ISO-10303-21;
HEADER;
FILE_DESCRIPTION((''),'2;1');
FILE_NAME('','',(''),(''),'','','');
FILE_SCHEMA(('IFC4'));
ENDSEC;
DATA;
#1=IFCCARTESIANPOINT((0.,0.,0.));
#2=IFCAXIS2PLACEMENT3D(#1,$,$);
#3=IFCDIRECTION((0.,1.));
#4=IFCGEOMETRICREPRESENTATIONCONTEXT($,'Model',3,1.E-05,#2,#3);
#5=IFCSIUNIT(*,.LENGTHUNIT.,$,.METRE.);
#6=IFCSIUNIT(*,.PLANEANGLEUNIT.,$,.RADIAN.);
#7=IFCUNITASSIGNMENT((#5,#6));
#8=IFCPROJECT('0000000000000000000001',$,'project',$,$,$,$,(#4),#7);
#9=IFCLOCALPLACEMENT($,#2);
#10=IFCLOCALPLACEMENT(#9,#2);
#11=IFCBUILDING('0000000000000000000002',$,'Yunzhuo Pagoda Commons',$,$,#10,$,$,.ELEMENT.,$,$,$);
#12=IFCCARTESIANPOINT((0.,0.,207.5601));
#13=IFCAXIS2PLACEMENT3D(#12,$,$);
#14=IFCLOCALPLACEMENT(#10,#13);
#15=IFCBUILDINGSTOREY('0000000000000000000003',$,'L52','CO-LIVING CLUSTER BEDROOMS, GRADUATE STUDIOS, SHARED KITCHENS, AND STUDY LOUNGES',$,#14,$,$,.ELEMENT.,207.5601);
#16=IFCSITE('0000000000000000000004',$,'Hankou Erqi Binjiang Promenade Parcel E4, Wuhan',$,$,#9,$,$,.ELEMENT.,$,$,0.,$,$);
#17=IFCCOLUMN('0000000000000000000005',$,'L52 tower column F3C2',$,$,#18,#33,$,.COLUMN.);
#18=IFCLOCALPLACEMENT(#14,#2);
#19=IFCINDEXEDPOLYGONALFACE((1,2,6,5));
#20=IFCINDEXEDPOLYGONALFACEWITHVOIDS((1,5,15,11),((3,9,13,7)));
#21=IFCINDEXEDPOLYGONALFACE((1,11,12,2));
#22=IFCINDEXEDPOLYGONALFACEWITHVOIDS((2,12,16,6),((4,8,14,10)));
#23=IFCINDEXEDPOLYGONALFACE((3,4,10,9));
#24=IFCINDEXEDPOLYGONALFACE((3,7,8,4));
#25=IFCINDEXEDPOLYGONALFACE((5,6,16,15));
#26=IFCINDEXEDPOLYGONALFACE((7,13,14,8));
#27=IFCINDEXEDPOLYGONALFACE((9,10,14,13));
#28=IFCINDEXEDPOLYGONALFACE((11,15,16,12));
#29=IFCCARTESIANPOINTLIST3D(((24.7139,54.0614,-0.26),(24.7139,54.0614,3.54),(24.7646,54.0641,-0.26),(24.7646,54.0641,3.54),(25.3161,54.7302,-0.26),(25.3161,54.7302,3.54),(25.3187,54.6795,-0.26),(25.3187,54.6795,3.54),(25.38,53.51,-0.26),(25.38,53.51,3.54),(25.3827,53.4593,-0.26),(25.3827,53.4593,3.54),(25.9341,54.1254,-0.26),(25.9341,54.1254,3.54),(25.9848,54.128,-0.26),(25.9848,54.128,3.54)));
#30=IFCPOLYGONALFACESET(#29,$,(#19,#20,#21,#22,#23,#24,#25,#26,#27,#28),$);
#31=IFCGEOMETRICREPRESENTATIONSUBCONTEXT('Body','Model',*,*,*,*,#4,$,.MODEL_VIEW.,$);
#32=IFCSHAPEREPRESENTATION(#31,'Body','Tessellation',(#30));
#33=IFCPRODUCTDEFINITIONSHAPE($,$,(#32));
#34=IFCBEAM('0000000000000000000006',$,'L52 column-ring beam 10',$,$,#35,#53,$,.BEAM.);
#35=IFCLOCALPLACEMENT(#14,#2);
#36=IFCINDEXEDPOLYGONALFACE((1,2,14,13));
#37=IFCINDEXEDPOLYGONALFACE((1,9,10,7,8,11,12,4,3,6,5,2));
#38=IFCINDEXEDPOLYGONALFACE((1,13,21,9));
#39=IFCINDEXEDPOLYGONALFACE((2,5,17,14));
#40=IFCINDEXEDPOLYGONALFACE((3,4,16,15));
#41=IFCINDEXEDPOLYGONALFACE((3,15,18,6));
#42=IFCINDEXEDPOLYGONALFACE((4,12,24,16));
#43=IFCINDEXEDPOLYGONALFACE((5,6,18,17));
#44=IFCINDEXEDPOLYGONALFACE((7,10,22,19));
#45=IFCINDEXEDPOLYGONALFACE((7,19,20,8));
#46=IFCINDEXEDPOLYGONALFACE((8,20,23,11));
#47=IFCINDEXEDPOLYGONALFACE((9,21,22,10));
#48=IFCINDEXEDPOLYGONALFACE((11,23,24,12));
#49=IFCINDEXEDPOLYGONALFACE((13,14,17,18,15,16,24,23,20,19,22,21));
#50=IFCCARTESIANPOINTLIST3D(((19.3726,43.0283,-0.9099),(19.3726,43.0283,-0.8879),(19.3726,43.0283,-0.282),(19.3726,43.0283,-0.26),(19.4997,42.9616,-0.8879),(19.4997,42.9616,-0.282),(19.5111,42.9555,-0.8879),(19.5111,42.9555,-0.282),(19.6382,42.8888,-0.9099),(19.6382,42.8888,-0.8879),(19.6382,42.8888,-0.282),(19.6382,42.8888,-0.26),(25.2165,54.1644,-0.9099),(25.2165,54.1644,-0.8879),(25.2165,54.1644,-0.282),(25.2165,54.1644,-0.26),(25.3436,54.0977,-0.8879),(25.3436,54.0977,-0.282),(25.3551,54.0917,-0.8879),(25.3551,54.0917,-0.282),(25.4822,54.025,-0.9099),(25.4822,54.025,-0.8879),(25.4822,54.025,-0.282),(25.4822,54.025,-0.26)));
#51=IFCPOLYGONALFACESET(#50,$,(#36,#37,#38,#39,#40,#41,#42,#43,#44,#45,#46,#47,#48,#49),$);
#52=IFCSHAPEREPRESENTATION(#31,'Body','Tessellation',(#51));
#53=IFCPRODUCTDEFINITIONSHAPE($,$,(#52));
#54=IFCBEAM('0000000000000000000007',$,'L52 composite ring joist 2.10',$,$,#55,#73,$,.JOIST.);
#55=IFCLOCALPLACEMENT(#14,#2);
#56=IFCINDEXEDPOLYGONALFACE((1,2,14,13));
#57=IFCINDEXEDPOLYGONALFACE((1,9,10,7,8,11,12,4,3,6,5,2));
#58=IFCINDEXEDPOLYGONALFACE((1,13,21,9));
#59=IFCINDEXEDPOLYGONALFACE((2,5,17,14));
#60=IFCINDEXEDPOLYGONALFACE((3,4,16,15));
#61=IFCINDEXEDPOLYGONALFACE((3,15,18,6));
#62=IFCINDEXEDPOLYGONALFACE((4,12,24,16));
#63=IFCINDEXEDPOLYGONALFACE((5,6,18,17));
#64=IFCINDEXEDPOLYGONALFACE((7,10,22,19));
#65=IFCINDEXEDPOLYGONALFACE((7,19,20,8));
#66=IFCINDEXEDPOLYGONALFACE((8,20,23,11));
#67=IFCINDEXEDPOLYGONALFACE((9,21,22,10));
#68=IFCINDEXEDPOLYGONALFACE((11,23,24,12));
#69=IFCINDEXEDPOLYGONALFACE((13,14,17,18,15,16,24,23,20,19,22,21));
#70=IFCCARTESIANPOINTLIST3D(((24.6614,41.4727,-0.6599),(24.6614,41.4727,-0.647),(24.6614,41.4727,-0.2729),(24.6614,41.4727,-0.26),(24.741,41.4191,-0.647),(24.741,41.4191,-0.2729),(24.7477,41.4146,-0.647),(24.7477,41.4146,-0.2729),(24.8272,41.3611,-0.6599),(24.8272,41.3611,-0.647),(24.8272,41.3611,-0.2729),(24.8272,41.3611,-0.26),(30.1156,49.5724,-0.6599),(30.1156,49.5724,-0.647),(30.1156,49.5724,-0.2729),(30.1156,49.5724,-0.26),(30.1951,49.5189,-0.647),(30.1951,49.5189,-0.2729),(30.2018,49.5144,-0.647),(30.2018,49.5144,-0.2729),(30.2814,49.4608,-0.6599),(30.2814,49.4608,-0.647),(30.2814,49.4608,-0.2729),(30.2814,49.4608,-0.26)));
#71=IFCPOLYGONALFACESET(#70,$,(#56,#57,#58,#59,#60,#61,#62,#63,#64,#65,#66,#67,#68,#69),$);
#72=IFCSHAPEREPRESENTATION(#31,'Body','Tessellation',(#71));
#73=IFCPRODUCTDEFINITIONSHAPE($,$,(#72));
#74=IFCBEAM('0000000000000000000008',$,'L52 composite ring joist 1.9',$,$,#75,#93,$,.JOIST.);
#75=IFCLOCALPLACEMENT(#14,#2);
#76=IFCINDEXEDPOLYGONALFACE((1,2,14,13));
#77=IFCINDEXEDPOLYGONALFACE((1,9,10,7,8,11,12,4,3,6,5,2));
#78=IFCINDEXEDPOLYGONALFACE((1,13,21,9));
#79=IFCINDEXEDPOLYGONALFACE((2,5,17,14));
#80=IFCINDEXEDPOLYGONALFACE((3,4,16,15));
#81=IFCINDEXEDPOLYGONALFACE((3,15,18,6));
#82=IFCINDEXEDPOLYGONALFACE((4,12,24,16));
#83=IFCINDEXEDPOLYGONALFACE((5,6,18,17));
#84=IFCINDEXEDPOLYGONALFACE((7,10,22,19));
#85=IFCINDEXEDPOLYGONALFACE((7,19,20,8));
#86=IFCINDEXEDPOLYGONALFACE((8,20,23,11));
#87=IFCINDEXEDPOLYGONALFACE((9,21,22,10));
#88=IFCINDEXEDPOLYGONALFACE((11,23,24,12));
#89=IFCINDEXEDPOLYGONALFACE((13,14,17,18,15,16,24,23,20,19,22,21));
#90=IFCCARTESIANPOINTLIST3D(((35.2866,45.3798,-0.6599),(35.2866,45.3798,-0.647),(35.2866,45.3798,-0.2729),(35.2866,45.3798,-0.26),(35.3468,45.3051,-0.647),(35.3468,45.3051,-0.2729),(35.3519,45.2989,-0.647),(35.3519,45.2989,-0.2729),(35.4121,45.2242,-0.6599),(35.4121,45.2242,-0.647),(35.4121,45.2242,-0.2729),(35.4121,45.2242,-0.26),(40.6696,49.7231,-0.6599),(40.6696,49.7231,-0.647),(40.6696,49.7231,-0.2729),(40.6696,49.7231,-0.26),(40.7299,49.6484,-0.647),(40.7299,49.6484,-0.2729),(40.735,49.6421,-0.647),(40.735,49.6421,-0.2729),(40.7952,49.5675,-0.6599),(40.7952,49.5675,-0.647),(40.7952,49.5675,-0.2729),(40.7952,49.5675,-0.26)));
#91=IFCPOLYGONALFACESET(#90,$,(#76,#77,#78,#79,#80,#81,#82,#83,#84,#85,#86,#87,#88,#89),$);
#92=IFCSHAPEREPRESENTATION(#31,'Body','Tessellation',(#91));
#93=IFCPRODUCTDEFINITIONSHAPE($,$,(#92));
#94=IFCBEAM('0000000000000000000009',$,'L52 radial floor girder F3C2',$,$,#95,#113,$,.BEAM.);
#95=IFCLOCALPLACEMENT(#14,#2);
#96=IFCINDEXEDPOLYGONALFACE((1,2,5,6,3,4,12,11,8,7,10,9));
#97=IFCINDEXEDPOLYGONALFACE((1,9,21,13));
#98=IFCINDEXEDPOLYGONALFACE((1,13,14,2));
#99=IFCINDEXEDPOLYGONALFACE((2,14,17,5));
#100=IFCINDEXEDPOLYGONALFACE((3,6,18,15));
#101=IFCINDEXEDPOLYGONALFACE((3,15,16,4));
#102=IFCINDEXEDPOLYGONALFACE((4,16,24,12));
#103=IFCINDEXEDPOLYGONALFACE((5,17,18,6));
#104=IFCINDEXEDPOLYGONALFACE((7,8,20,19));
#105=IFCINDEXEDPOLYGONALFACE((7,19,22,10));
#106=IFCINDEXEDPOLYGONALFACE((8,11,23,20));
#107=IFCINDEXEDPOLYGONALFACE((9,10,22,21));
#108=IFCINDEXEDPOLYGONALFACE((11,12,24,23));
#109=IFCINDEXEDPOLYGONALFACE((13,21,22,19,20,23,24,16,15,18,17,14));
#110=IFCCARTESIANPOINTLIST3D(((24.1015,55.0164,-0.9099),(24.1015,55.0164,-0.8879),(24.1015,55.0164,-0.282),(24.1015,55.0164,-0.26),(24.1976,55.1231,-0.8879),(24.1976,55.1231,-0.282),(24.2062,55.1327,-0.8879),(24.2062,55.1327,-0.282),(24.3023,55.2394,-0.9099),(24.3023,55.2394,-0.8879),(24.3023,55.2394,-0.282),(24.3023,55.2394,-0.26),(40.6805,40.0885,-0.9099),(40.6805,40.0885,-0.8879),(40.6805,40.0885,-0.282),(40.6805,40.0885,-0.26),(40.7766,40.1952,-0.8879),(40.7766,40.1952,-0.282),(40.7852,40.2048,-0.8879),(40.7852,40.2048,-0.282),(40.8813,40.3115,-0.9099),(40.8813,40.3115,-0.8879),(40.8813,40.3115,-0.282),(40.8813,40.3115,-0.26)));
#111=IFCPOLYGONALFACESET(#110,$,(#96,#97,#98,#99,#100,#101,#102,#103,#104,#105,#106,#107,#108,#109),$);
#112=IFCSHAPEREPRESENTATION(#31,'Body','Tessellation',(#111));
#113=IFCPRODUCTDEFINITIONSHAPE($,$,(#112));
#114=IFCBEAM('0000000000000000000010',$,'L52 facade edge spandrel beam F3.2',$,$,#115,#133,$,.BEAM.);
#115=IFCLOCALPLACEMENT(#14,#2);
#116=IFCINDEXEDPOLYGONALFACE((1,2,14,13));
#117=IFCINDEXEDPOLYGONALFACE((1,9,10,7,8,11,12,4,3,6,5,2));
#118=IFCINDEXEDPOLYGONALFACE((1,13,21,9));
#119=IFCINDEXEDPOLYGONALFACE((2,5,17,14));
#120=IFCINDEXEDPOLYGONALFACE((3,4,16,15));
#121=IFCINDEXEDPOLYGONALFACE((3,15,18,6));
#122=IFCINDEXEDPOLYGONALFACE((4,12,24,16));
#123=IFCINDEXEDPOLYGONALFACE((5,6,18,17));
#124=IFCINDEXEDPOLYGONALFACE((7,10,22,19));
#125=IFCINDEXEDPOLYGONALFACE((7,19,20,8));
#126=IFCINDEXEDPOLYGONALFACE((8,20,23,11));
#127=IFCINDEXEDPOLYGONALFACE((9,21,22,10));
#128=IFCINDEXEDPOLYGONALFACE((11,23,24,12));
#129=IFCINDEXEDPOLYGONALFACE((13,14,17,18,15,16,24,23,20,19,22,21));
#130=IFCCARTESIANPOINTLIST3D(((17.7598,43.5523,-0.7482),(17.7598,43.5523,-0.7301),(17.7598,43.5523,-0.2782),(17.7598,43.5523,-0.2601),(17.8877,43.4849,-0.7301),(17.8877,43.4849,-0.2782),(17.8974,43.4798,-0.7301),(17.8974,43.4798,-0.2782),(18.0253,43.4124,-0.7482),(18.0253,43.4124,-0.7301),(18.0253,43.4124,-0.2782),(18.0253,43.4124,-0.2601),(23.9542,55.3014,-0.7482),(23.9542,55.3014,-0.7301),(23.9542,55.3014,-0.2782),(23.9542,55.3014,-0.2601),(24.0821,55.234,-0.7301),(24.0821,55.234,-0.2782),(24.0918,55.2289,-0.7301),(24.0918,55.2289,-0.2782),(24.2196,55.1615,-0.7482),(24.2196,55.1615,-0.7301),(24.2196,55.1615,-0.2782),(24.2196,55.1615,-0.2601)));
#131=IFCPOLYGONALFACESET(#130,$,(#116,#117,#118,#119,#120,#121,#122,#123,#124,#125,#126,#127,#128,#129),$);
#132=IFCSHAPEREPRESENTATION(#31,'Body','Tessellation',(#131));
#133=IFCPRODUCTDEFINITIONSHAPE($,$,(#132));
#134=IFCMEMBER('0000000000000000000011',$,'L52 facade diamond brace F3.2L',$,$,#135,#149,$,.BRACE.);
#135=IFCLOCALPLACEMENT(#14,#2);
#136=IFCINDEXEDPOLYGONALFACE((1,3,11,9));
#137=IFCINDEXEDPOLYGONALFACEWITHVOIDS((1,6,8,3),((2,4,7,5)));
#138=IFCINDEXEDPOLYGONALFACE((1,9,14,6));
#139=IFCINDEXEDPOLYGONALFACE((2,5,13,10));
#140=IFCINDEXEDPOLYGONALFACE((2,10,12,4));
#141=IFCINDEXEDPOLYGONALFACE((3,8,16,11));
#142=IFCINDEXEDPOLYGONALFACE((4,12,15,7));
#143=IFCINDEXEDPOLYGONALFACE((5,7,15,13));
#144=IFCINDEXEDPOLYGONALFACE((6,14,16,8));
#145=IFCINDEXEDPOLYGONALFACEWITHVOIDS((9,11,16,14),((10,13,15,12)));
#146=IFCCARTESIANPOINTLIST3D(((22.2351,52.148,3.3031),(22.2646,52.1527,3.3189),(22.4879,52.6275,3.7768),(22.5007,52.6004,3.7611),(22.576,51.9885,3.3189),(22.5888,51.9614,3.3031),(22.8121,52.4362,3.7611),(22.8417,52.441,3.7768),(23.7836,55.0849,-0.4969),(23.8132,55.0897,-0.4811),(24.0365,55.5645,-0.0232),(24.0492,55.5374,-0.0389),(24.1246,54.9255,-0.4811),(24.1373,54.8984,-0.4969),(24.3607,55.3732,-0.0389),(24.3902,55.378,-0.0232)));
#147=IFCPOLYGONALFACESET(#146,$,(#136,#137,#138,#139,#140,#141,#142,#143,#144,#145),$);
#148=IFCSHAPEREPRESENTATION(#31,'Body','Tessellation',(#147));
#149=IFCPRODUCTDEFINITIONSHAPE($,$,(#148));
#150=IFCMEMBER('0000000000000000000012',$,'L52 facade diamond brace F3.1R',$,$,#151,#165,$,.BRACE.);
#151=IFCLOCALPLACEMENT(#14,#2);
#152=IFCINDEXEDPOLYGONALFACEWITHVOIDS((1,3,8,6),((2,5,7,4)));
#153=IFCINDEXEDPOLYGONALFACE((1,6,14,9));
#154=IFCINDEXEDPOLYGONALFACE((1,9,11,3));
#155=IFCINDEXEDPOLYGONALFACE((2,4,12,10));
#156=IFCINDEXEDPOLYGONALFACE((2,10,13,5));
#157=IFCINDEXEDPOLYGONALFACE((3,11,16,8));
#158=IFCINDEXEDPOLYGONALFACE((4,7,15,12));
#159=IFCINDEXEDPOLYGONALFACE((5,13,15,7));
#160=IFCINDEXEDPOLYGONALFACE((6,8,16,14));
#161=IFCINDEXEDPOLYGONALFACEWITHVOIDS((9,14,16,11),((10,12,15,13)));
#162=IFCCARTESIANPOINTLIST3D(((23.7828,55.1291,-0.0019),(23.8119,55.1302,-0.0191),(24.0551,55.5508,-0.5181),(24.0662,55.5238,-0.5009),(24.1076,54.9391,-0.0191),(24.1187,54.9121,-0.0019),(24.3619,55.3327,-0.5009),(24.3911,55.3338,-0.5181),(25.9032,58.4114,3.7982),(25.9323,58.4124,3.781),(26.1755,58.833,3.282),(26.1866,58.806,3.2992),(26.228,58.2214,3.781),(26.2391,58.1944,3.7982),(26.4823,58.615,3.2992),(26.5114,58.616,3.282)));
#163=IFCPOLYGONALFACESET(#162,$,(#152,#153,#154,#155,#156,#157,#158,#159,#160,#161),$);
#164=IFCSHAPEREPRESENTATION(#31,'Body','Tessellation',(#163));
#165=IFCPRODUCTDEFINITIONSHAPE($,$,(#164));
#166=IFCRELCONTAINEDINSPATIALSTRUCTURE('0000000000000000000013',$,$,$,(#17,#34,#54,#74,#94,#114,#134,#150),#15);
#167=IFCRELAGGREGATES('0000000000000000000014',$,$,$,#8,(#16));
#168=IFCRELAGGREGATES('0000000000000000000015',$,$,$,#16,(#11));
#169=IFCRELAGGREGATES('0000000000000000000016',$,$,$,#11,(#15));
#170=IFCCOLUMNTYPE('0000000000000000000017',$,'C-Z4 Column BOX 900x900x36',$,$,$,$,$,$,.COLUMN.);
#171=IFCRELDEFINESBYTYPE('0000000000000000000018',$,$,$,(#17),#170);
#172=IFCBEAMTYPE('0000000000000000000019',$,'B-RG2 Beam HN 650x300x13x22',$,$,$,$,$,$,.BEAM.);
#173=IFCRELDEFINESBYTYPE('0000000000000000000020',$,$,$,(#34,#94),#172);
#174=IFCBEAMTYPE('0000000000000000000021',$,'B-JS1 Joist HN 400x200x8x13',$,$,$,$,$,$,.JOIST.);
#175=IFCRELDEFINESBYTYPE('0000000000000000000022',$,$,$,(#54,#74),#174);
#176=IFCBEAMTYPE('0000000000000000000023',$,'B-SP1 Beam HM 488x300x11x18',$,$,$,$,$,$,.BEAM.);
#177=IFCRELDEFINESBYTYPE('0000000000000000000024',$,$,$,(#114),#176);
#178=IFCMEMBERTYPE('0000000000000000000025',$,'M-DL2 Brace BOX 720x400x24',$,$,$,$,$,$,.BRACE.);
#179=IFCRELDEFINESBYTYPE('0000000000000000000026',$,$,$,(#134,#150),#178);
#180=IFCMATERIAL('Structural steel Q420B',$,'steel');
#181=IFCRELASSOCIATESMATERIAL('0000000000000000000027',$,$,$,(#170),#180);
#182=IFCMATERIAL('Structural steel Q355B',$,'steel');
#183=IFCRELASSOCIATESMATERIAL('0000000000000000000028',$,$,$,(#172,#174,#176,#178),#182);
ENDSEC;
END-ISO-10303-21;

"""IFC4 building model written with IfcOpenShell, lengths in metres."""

from ifc_helpers import new_model, si_unit, direction, frame, origin, origin_2d, place, context, subcontext, project, spatial, hollow_rectangle, i_section, extrude, source, transform, mapped, material, material_profile, profile_set, type_object, element, save


model = new_model("IFC4")

# Units and contexts
model_context = context("Model", 3, precision=1e-05, world=origin(), true_north=direction((0.0, 1.0)))
body_context = subcontext(model_context, "Body", "Model", "MODEL_VIEW")
ifc_project = project(units=[si_unit("LENGTHUNIT", "METRE"), si_unit("PLANEANGLEUNIT", "RADIAN")], contexts=[model_context])

# Site, building, storey
site_placement = place(None, origin())
site = spatial("IfcSite", under=ifc_project, at=site_placement, Name="Hankou Erqi Binjiang Promenade Parcel E4, Wuhan", CompositionType="ELEMENT", RefElevation=0.0)
building_placement = place(site_placement, origin())
building = spatial("IfcBuilding", under=site, at=building_placement, Name="Yunzhuo Pagoda Commons", CompositionType="ELEMENT")
storey_placement = place(building_placement, frame((0.0, 0.0, 207.5601)))
storey = spatial("IfcBuildingStorey", under=building, at=storey_placement, Name="L52", Description="CO-LIVING CLUSTER BEDROOMS, GRADUATE STUDIOS, SHARED KITCHENS, AND STUDY LOUNGES", CompositionType="ELEMENT", Elevation=207.5601)

# Column
ifc_material_1 = material(Name="Structural steel Q420B", Category="steel")
ifc_material_profile_1 = material_profile(ifc_material_1, hollow_rectangle(XDim=0.8999, YDim=0.8999, WallThickness=0.0359, at=origin_2d()), Name="Structural steel Q420B")
ifc_profile_set_1 = profile_set([ifc_material_profile_1], Name="Structural steel Q420B")
column_type = type_object("IfcColumnType", Name="C-Z4 Column BOX 900x900x36", PredefinedType="COLUMN", material=ifc_profile_set_1)
shared_shape_1 = source(origin(), body_context, "Body", "SweptSolid", [
    extrude(hollow_rectangle(XDim=0.8999, YDim=0.8999, WallThickness=0.0359, at=origin_2d()), origin(), (0.0, 0.0, 1.0), 3.8),
])
column_placement = place(storey_placement, frame((25.3494, 54.0947, -0.26), z_axis=(0.0, 0.0, 1.0), x_axis=(-0.669131, -0.743145, 0.0)))
element("IfcColumn", 1, at=column_placement, inside=storey, type_object=column_type, Name="L52 tower column F3C2", PredefinedType="COLUMN", context=body_context, shape_type="MappedRepresentation", body=[
    mapped(shared_shape_1, transform((0.0, 0.0, 0.0), scale=1.0)),
])

# Beams
ifc_material_2 = material(Name="Structural steel Q355B", Category="steel")
ifc_material_profile_2 = material_profile(ifc_material_2, i_section(OverallWidth=0.3, OverallDepth=0.6499, WebThickness=0.0129, FlangeThickness=0.022, at=origin_2d()), Name="Structural steel Q355B")
ifc_profile_set_2 = profile_set([ifc_material_profile_2], Name="Structural steel Q355B")
beam_type_1 = type_object("IfcBeamType", Name="B-RG2 Beam HN 650x300x13x22", PredefinedType="BEAM", material=ifc_profile_set_2)
shared_shape_2 = source(origin(), body_context, "Body", "SweptSolid", [
    extrude(i_section(OverallWidth=0.3, OverallDepth=0.6499, WebThickness=0.0129, FlangeThickness=0.022, at=origin_2d()), origin(), (0.0, 0.0, 1.0), 12.5764),
])
beam_1_placement = place(storey_placement, frame((25.3494, 54.0947, -0.585), z_axis=(-0.464676, -0.885481, 0.0), x_axis=(0.885481, -0.464676, 0.0)))
element("IfcBeam", 2, at=beam_1_placement, inside=storey, type_object=beam_type_1, Name="L52 column-ring beam 10", PredefinedType="BEAM", context=body_context, shape_type="MappedRepresentation", body=[
    mapped(shared_shape_2, transform((0.0, 0.0, 0.0), scale=1.0)),
])
ifc_material_profile_3 = material_profile(ifc_material_2, i_section(OverallWidth=0.2, OverallDepth=0.3999, WebThickness=0.0081, FlangeThickness=0.0129, at=origin_2d()), Name="Structural steel Q355B")
ifc_profile_set_3 = profile_set([ifc_material_profile_3], Name="Structural steel Q355B")
beam_type_2 = type_object("IfcBeamType", Name="B-JS1 Joist HN 400x200x8x13", PredefinedType="JOIST", material=ifc_profile_set_3)
shared_shape_3 = source(origin(), body_context, "Body", "SweptSolid", [
    extrude(i_section(OverallWidth=0.2, OverallDepth=0.3999, WebThickness=0.0081, FlangeThickness=0.0129, at=origin_2d()), origin(), (0.0, 0.0, 1.0), 9.7649),
])
beam_2_placement = place(storey_placement, frame((30.1985, 49.5166, -0.46), z_axis=(-0.558548, -0.829472, 0.0), x_axis=(0.829472, -0.558548, 0.0)))
element("IfcBeam", 3, at=beam_2_placement, inside=storey, type_object=beam_type_2, Name="L52 composite ring joist 2.10", PredefinedType="JOIST", context=body_context, shape_type="MappedRepresentation", body=[
    mapped(shared_shape_3, transform((0.0, 0.0, 0.0), scale=1.0)),
])
shared_shape_4 = source(origin(), body_context, "Body", "SweptSolid", [
    extrude(i_section(OverallWidth=0.2, OverallDepth=0.3999, WebThickness=0.0081, FlangeThickness=0.0129, at=origin_2d()), origin(), (0.0, 0.0, 1.0), 6.9167),
])
beam_3_placement = place(storey_placement, frame((40.7324, 49.6453, -0.46), z_axis=(-0.778266, -0.627935, 0.0), x_axis=(0.627935, -0.778266, 0.0)))
element("IfcBeam", 4, at=beam_3_placement, inside=storey, type_object=beam_type_2, Name="L52 composite ring joist 1.9", PredefinedType="JOIST", context=body_context, shape_type="MappedRepresentation", body=[
    mapped(shared_shape_4, transform((0.0, 0.0, 0.0), scale=1.0)),
])
shared_shape_5 = source(origin(), body_context, "Body", "SweptSolid", [
    extrude(i_section(OverallWidth=0.3, OverallDepth=0.6499, WebThickness=0.0129, FlangeThickness=0.022, at=origin_2d()), origin(), (0.0, 0.0, 1.0), 22.3093),
])
beam_4_placement = place(storey_placement, frame((24.2019, 55.1279, -0.585), z_axis=(0.743143, -0.669133, 0.0), x_axis=(0.669133, 0.743143, 0.0)))
element("IfcBeam", 5, at=beam_4_placement, inside=storey, type_object=beam_type_1, Name="L52 radial floor girder F3C2", PredefinedType="BEAM", context=body_context, shape_type="MappedRepresentation", body=[
    mapped(shared_shape_5, transform((0.0, 0.0, 0.0), scale=1.0)),
])
ifc_material_profile_4 = material_profile(ifc_material_2, i_section(OverallWidth=0.3, OverallDepth=0.488, WebThickness=0.011, FlangeThickness=0.0181, at=origin_2d()), Name="Structural steel Q355B")
ifc_profile_set_4 = profile_set([ifc_material_profile_4], Name="Structural steel Q355B")
beam_type_3 = type_object("IfcBeamType", Name="B-SP1 Beam HM 488x300x11x18", PredefinedType="BEAM", material=ifc_profile_set_4)
shared_shape_6 = source(origin(), body_context, "Body", "SweptSolid", [
    extrude(i_section(OverallWidth=0.3, OverallDepth=0.488, WebThickness=0.011, FlangeThickness=0.0181, at=origin_2d()), origin(), (0.0, 0.0, 1.0), 13.282),
])
beam_5_placement = place(storey_placement, frame((24.0869, 55.2314, -0.5042), z_axis=(-0.466374, -0.884588, 0.0), x_axis=(0.884588, -0.466374, 0.0)))
element("IfcBeam", 6, at=beam_5_placement, inside=storey, type_object=beam_type_3, Name="L52 facade edge spandrel beam F3.2", PredefinedType="BEAM", context=body_context, shape_type="MappedRepresentation", body=[
    mapped(shared_shape_6, transform((0.0, 0.0, 0.0), scale=1.0)),
])

# Members
ifc_material_profile_5 = material_profile(ifc_material_2, hollow_rectangle(XDim=0.3999, YDim=0.72, WallThickness=0.0239, at=origin_2d()), Name="Structural steel Q355B")
ifc_profile_set_5 = profile_set([ifc_material_profile_5], Name="Structural steel Q355B")
member_type_1 = type_object("IfcMemberType", Name="M-DL2 Brace BOX 720x400x24", PredefinedType="BRACE", material=ifc_profile_set_5)
shared_shape_7 = source(origin(), body_context, "Body", "SweptSolid", [
    extrude(hollow_rectangle(XDim=0.3999, YDim=0.72, WallThickness=0.0239, at=origin_2d()), origin(), (0.0, 0.0, 1.0), 5.0461),
])
member_1_placement = place(storey_placement, frame((24.0869, 55.2314, -0.26), z_axis=(-0.306879, -0.58202, 0.753046), x_axis=(0.884572, -0.466404, 0.0)))
element("IfcMember", 7, at=member_1_placement, inside=storey, type_object=member_type_1, Name="L52 facade diamond brace F3.2L", PredefinedType="BRACE", context=body_context, shape_type="MappedRepresentation", body=[
    mapped(shared_shape_7, transform((0.0, 0.0, 0.0), scale=1.0)),
])
shared_shape_8 = source(origin(), body_context, "Body", "SweptSolid", [
    extrude(hollow_rectangle(XDim=0.3999, YDim=0.72, WallThickness=0.0239, at=origin_2d()), origin(), (0.0, 0.0, 1.0), 5.4507),
])
member_2_placement = place(storey_placement, frame((24.0869, 55.2314, -0.26), z_axis=(0.389013, 0.602174, 0.697177), x_axis=(-0.839971, 0.542632, 0.0)))
element("IfcMember", 8, at=member_2_placement, inside=storey, type_object=member_type_1, Name="L52 facade diamond brace F3.1R", PredefinedType="BRACE", context=body_context, shape_type="MappedRepresentation", body=[
    mapped(shared_shape_8, transform((0.0, 0.0, 0.0), scale=1.0)),
])

save(model, "model.ifc")
